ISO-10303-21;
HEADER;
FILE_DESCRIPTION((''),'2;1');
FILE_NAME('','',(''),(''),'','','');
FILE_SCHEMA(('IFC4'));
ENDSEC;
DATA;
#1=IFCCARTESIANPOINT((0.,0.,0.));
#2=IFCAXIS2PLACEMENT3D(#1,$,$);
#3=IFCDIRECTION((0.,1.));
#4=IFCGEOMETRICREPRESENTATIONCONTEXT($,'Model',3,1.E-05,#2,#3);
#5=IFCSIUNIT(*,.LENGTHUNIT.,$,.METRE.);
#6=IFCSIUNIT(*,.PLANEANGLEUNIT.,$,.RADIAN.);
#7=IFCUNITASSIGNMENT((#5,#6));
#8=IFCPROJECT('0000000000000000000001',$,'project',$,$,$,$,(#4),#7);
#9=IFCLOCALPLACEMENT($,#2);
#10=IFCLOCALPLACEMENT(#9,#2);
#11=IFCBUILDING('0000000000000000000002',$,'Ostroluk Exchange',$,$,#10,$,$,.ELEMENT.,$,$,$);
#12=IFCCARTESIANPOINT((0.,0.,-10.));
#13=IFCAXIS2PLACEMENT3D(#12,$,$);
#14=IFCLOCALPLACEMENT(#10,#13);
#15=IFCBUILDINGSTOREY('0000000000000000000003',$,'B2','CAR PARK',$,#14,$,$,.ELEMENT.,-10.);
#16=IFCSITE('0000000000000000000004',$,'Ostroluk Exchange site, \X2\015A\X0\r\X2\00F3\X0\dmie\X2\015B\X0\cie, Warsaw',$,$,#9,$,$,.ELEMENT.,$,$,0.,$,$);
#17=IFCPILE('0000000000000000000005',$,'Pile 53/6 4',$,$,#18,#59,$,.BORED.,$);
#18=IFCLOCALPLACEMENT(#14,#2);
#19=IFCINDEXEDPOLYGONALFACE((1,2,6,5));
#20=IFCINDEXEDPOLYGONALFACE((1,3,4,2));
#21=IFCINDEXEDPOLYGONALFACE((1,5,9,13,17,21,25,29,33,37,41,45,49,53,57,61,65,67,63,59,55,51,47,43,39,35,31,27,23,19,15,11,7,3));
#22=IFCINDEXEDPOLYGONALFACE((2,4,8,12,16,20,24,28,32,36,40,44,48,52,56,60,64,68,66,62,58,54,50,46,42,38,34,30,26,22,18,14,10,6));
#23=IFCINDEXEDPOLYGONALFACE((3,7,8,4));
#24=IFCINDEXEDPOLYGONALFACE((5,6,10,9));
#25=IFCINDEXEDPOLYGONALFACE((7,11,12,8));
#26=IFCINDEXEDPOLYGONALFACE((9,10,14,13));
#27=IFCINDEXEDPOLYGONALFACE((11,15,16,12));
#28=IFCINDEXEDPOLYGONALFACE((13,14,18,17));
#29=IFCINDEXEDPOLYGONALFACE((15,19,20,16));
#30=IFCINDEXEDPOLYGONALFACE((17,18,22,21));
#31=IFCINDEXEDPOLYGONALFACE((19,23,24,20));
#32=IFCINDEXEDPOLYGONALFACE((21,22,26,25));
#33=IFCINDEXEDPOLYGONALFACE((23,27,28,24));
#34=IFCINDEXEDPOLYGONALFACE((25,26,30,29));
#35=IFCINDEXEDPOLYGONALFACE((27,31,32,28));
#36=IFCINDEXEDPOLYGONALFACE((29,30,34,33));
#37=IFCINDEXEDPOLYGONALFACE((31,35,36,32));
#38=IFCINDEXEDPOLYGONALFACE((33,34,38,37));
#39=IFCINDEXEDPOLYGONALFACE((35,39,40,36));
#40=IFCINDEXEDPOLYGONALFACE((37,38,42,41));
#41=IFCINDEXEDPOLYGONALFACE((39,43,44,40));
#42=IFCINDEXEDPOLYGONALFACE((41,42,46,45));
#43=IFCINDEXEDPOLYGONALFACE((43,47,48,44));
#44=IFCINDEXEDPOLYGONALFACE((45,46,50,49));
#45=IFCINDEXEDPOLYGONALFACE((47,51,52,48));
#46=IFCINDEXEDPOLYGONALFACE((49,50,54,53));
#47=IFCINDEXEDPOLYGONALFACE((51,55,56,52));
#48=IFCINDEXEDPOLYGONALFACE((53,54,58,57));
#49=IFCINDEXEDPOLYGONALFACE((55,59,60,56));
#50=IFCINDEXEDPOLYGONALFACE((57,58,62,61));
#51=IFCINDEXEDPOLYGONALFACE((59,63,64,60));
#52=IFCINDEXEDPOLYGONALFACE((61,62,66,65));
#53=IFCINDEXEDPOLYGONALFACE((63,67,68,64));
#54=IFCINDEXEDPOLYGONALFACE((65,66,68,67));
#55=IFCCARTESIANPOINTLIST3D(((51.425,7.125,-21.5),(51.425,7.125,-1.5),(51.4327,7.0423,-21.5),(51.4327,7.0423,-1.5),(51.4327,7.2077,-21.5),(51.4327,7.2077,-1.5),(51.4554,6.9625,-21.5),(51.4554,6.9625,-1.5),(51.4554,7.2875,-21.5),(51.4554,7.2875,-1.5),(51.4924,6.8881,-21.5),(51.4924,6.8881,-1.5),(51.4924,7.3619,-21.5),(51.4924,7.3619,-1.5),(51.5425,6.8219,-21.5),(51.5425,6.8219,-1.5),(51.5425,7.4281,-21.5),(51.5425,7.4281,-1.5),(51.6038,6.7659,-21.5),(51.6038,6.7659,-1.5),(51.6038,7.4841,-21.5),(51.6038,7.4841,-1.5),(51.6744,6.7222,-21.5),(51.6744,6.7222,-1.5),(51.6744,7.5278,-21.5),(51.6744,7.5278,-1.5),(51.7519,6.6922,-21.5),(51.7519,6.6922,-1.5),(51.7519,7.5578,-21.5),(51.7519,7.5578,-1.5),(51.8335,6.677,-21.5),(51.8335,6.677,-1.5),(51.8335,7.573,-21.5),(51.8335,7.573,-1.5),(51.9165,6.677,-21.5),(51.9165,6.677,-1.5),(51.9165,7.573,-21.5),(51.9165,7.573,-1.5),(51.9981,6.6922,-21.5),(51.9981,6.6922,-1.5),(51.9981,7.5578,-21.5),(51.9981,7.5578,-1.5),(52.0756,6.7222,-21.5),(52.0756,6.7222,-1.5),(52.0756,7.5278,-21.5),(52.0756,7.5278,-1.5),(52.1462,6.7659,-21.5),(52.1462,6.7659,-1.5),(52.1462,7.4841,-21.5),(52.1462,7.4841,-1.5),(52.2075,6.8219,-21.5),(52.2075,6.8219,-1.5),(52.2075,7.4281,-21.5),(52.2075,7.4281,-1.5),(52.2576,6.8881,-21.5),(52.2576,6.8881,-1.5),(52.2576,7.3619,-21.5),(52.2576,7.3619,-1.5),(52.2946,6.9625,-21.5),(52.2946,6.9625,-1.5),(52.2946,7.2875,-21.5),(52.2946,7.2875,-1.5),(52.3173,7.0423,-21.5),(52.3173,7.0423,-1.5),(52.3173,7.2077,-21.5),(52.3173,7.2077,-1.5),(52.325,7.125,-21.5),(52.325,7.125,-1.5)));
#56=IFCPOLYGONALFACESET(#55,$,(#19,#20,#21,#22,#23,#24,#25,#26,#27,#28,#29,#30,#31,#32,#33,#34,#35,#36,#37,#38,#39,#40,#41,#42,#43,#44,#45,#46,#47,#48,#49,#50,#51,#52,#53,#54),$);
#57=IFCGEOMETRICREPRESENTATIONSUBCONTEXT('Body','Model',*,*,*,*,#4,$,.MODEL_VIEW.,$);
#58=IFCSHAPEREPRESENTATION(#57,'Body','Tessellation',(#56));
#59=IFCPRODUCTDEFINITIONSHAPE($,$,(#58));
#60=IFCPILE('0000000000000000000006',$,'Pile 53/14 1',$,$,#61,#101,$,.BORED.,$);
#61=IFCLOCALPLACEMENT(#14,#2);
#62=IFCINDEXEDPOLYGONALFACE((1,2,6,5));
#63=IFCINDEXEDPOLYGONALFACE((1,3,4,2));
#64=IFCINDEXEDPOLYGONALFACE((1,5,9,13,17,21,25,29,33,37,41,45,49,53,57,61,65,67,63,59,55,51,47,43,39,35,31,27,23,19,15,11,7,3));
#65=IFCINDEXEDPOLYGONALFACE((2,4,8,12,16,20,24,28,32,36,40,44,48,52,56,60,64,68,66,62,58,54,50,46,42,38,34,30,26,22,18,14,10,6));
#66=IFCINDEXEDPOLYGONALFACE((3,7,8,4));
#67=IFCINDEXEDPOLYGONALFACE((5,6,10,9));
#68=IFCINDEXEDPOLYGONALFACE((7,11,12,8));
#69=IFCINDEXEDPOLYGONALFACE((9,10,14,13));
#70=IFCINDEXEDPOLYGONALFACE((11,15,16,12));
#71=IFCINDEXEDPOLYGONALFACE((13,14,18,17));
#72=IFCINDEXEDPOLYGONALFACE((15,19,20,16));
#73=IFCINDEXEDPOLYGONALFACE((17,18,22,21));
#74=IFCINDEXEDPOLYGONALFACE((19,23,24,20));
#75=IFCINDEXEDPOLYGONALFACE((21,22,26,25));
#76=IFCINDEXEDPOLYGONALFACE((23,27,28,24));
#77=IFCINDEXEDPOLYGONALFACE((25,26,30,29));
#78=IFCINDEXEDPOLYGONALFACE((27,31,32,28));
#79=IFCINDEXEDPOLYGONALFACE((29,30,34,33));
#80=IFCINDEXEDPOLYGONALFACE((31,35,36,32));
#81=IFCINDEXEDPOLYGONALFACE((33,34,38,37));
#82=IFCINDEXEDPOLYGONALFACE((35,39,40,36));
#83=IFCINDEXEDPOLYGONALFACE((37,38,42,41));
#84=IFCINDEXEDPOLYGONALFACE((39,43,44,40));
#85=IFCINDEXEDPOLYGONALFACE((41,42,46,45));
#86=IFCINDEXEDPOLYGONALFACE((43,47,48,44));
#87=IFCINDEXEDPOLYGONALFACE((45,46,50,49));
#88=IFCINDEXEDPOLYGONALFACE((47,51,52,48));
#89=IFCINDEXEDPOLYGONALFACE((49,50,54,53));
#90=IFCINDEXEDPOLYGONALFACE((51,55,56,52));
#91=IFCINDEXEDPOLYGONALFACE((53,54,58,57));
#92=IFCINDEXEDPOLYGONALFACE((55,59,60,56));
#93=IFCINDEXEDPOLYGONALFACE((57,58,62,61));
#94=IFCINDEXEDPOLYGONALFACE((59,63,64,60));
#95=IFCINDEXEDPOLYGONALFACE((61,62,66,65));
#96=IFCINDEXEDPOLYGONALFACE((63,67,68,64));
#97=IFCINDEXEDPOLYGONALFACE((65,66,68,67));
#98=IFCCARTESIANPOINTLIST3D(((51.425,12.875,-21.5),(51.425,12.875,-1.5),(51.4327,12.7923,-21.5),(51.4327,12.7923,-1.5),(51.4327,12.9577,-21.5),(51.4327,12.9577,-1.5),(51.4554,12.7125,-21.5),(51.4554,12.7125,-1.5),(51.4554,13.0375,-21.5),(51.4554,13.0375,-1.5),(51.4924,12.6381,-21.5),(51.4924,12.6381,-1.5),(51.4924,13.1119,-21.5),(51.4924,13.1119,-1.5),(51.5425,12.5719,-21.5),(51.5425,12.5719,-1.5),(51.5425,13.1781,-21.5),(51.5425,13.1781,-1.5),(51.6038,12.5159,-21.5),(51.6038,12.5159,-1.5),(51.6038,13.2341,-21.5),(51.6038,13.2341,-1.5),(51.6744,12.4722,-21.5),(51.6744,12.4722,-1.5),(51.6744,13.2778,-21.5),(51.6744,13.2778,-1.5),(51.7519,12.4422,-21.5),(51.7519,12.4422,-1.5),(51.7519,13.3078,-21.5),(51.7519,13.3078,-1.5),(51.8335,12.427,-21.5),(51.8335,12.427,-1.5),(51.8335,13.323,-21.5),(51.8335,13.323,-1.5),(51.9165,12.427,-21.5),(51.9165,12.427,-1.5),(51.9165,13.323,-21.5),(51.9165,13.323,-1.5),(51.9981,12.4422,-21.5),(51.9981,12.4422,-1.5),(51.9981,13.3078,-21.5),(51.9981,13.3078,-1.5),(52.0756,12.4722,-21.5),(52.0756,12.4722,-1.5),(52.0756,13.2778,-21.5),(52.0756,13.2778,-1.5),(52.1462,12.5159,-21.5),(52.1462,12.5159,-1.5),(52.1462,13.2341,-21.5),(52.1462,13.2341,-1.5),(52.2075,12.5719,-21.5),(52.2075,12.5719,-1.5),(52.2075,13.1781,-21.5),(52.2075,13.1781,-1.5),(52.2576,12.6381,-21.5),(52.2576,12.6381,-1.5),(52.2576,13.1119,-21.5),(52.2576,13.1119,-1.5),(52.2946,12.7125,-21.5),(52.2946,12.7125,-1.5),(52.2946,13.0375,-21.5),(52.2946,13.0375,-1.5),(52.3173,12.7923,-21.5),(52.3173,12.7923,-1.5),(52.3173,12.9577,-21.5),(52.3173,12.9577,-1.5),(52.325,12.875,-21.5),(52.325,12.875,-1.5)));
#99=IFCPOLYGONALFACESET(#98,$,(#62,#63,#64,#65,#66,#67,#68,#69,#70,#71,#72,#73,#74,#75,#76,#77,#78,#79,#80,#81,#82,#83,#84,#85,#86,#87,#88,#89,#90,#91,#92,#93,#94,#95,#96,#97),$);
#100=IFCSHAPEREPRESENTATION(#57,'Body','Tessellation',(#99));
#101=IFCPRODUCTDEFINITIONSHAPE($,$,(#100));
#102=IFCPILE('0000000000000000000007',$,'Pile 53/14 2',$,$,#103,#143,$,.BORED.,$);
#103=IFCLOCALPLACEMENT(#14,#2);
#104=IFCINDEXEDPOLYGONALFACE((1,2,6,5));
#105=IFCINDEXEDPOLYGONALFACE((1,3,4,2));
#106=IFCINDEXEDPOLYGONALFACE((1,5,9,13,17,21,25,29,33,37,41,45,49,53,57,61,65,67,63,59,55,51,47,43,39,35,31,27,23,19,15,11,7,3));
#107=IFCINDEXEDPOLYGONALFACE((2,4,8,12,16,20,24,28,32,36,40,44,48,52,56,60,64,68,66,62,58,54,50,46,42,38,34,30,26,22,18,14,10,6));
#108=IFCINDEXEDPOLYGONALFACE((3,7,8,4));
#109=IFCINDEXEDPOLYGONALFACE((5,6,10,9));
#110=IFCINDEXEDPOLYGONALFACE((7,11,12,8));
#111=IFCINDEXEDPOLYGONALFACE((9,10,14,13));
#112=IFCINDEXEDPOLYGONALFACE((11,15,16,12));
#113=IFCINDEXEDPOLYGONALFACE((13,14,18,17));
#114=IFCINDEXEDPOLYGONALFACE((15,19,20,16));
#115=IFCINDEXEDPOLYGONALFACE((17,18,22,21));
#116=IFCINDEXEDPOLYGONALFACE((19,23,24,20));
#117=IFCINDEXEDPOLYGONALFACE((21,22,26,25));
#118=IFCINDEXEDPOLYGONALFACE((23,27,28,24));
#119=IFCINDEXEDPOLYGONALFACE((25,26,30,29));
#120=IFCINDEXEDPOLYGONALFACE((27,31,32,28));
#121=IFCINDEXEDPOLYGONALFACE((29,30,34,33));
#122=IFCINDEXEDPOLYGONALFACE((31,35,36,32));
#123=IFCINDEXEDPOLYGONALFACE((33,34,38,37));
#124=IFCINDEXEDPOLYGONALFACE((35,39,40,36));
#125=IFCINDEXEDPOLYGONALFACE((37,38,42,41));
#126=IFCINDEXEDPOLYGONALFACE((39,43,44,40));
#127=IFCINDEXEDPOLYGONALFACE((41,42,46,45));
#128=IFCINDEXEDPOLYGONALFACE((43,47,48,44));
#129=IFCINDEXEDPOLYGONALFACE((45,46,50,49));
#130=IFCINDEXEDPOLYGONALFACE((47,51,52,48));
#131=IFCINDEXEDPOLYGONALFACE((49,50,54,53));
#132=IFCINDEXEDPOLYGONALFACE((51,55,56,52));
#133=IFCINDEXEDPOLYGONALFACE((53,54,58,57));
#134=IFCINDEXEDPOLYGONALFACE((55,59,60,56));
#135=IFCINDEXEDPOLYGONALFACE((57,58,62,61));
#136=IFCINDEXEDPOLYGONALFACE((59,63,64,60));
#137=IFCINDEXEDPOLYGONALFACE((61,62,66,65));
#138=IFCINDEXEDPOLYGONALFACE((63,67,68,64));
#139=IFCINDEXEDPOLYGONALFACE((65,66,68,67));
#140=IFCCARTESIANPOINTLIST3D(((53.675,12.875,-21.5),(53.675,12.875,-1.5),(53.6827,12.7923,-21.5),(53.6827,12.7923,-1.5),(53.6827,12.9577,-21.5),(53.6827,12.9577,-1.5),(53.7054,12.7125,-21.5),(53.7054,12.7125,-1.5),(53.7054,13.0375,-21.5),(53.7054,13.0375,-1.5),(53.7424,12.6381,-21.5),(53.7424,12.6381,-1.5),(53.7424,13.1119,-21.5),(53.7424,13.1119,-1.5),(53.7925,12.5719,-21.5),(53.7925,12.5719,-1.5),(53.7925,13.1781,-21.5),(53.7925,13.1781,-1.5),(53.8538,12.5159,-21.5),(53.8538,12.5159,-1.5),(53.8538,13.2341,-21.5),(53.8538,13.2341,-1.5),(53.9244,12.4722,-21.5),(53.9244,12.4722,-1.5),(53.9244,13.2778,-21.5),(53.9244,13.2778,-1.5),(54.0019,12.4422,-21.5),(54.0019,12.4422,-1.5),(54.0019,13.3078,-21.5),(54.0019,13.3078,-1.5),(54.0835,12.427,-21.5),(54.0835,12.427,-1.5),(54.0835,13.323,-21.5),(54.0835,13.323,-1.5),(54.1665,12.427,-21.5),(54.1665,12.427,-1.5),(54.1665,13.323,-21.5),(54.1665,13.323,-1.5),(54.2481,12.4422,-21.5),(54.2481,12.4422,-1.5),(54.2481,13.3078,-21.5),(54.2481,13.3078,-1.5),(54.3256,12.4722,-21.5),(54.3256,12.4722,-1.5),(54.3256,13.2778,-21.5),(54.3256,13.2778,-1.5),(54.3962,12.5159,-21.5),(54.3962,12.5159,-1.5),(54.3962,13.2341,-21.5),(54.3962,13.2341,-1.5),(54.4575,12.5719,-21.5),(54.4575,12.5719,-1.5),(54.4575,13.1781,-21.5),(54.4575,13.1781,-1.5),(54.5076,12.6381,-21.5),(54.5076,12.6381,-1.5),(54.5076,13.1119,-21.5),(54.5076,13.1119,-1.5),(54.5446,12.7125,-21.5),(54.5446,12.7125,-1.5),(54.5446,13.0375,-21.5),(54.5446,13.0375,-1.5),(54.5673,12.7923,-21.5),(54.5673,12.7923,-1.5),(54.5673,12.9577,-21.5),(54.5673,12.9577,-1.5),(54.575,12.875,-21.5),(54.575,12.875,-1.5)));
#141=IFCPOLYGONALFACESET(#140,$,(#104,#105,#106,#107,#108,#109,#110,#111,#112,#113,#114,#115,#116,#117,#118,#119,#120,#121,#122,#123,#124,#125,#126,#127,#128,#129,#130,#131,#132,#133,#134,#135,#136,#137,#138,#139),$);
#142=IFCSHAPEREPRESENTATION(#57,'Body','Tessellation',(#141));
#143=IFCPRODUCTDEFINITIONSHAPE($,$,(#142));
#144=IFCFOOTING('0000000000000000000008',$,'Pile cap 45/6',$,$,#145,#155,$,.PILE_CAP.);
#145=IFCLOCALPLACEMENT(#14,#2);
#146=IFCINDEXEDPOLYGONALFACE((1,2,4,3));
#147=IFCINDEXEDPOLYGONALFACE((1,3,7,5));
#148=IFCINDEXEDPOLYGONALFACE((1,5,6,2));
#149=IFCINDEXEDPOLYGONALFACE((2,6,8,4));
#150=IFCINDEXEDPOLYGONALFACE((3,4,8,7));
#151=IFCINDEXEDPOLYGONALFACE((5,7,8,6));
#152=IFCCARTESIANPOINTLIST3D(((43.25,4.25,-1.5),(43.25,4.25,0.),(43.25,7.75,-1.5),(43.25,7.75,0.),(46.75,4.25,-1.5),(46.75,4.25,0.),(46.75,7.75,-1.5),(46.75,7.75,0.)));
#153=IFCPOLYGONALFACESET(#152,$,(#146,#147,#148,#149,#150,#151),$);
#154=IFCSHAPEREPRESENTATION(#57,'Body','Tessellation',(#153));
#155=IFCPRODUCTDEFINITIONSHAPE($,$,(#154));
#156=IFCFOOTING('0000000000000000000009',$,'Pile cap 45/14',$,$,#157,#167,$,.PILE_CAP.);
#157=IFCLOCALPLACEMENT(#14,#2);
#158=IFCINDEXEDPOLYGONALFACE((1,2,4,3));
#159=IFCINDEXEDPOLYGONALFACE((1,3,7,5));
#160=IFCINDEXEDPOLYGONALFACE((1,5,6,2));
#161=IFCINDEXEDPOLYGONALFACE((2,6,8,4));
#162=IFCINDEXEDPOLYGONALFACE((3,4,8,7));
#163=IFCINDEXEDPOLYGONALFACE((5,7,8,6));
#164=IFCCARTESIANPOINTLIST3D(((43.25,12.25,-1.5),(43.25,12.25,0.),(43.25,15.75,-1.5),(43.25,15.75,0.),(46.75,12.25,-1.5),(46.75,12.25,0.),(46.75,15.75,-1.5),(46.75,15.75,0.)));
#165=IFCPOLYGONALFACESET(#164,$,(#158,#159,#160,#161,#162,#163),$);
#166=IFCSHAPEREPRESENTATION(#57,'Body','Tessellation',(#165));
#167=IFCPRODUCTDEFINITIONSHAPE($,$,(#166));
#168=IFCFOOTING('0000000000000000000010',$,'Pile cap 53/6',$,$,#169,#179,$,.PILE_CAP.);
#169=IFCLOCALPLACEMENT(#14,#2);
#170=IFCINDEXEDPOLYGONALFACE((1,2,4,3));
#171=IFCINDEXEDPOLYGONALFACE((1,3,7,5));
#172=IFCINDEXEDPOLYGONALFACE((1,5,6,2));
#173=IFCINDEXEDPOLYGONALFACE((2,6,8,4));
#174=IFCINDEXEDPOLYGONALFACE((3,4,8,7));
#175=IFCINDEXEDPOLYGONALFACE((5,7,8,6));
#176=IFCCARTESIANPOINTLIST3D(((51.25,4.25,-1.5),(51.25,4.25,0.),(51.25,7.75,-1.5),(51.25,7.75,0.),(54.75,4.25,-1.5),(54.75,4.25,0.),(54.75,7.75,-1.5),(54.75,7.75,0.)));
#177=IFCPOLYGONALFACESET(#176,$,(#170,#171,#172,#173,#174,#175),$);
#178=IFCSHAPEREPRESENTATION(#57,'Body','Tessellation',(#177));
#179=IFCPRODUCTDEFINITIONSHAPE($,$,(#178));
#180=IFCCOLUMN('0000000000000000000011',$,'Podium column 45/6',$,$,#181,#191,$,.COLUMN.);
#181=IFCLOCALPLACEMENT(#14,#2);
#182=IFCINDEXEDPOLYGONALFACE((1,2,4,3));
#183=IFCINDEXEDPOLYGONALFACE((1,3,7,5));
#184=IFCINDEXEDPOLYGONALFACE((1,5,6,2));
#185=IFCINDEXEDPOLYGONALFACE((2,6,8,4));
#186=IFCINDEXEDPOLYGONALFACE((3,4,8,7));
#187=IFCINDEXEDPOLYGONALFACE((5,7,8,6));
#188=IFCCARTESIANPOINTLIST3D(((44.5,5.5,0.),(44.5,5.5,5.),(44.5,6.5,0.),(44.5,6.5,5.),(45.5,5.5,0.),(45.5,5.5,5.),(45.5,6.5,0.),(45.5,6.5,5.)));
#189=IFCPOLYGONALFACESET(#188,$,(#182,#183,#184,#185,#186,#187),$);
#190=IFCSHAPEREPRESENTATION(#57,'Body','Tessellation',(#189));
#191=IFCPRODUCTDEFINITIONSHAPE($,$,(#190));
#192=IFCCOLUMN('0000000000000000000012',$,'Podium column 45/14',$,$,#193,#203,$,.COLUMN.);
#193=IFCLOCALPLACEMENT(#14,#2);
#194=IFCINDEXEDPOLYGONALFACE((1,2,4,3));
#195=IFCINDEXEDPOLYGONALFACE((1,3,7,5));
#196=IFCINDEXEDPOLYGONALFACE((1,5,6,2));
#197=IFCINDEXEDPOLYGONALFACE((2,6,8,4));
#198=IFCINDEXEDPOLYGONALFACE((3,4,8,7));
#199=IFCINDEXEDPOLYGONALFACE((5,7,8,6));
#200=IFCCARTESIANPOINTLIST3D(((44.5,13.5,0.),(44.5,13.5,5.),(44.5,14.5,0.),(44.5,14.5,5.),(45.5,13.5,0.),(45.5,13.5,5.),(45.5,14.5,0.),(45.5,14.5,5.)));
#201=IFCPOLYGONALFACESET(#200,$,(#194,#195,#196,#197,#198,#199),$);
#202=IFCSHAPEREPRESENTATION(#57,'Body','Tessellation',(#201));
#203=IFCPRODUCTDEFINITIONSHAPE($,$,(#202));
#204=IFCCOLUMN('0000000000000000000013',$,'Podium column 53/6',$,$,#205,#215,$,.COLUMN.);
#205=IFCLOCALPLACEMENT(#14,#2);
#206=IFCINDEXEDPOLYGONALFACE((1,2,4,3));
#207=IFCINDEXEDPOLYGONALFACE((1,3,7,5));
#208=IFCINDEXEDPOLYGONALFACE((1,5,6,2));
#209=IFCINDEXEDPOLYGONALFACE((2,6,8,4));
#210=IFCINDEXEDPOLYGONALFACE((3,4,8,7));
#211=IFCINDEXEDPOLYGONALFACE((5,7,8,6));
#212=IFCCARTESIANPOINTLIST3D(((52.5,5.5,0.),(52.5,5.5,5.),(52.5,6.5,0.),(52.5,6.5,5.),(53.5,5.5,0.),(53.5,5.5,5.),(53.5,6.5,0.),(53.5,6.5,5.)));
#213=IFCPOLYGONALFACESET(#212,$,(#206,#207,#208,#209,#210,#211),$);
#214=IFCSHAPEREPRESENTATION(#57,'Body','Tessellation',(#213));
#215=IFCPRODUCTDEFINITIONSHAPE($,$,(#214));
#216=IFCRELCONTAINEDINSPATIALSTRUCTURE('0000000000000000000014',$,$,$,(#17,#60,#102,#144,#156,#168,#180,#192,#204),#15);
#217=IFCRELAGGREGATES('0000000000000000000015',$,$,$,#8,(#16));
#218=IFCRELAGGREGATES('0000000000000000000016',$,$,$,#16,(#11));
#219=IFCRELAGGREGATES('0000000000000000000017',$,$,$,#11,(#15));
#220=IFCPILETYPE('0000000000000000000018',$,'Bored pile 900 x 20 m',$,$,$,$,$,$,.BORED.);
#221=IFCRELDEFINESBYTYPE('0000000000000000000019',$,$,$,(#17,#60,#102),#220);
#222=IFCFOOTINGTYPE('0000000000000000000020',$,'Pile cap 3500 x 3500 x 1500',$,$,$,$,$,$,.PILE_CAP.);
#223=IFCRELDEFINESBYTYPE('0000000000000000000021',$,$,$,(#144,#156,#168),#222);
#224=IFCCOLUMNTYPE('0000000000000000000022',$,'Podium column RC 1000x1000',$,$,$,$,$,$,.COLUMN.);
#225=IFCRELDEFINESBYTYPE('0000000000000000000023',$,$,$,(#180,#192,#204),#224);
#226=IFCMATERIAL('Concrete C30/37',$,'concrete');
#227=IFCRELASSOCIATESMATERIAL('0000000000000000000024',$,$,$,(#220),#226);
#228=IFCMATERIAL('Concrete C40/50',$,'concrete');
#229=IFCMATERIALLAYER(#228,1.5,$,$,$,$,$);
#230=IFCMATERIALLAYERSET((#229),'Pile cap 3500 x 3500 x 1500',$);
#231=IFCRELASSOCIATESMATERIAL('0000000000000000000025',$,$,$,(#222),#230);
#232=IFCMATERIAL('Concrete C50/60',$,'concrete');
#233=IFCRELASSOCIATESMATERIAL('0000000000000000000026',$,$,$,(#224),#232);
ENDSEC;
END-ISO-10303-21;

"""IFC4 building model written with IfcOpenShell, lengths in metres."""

from ifc_helpers import new_model, si_unit, direction, frame, origin, origin_2d, place, context, subcontext, project, spatial, rectangle, circle, extrude, material, layer, layer_set, material_profile, profile_set, type_object, element, save


model = new_model("IFC4")

# Units and contexts
model_context = context("Model", 3, precision=1e-05, world=origin(), true_north=direction((0.0, 1.0)))
body_context = subcontext(model_context, "Body", "Model", "MODEL_VIEW")
ifc_project = project(units=[si_unit("LENGTHUNIT", "METRE"), si_unit("PLANEANGLEUNIT", "RADIAN")], contexts=[model_context])

# Site, building, storey
site_placement = place(None, origin())
site = spatial("IfcSite", under=ifc_project, at=site_placement, Name="Ostroluk Exchange site, Śródmieście, Warsaw", CompositionType="ELEMENT", RefElevation=0.0)
building_placement = place(site_placement, origin())
building = spatial("IfcBuilding", under=site, at=building_placement, Name="Ostroluk Exchange", CompositionType="ELEMENT")
storey_placement = place(building_placement, frame((0.0, 0.0, -10.0)))
storey = spatial("IfcBuildingStorey", under=building, at=storey_placement, Name="B2", Description="CAR PARK", CompositionType="ELEMENT", Elevation=-10.0)

# Piles
ifc_material_1 = material(Name="Concrete C30/37", Category="concrete")
pile_type = type_object("IfcPileType", Name="Bored pile 900 x 20 m", PredefinedType="BORED", material=ifc_material_1)
for number, where, z_axis, x_axis, name in (
    (1, (51.875, 7.125, -1.5), (0.0, 0.0, -1.0), (1.0, 0.0, 0.0), "Pile 53/6 4"),
    (2, (51.875, 12.875, -1.5), (0.0, 0.0, -1.0), (1.0, 0.0, 0.0), "Pile 53/14 1"),
    (3, (54.125, 12.875, -1.5), (0.0, 0.0, -1.0), (1.0, 0.0, 0.0), "Pile 53/14 2"),
):
    element("IfcPile", number, at=place(storey_placement, frame(where, z_axis=z_axis, x_axis=x_axis)), inside=storey, type_object=pile_type, Name=name, PredefinedType="BORED", context=body_context, shape_type="SweptSolid", body=[
        extrude(circle(Radius=0.45, at=origin_2d()), origin(), (0.0, 0.0, 1.0), 20.0),
    ])

# Footings
ifc_material_2 = material(Name="Concrete C40/50", Category="concrete")
ifc_layer_1 = layer(ifc_material_2, 1.5)
ifc_layer_set_1 = layer_set([ifc_layer_1], Name="Pile cap 3500 x 3500 x 1500")
footing_type = type_object("IfcFootingType", Name="Pile cap 3500 x 3500 x 1500", PredefinedType="PILE_CAP", material=ifc_layer_set_1)
for number, where, z_axis, x_axis, name in (
    (4, (45.0, 6.0, -1.5), (0.0, 0.0, 1.0), (1.0, 0.0, 0.0), "Pile cap 45/6"),
    (5, (45.0, 14.0, -1.5), (0.0, 0.0, 1.0), (1.0, 0.0, 0.0), "Pile cap 45/14"),
    (6, (53.0, 6.0, -1.5), (0.0, 0.0, 1.0), (1.0, 0.0, 0.0), "Pile cap 53/6"),
):
    element("IfcFooting", number, at=place(storey_placement, frame(where, z_axis=z_axis, x_axis=x_axis)), inside=storey, type_object=footing_type, Name=name, PredefinedType="PILE_CAP", context=body_context, shape_type="SweptSolid", body=[
        extrude(rectangle(XDim=3.5, YDim=3.5, at=origin_2d()), origin(), (0.0, 0.0, 1.0), 1.5),
    ])

# Columns
ifc_material_3 = material(Name="Concrete C50/60", Category="concrete")
ifc_material_profile = material_profile(ifc_material_3, rectangle(XDim=1.0, YDim=1.0, at=origin_2d()), Name="RC 1000x1000")
ifc_profile_set = profile_set([ifc_material_profile], Name="Concrete C50/60")
column_type = type_object("IfcColumnType", Name="Podium column RC 1000x1000", PredefinedType="COLUMN", material=ifc_profile_set)
for number, where, z_axis, x_axis, name in (
    (7, (45.0, 6.0, 0.0), (0.0, 0.0, 1.0), (1.0, 0.0, 0.0), "Podium column 45/6"),
    (8, (45.0, 14.0, 0.0), (0.0, 0.0, 1.0), (1.0, 0.0, 0.0), "Podium column 45/14"),
    (9, (53.0, 6.0, 0.0), (0.0, 0.0, 1.0), (1.0, 0.0, 0.0), "Podium column 53/6"),
):
    element("IfcColumn", number, at=place(storey_placement, frame(where, z_axis=z_axis, x_axis=x_axis)), inside=storey, type_object=column_type, Name=name, PredefinedType="COLUMN", context=body_context, shape_type="SweptSolid", body=[
        extrude(rectangle(XDim=1.0, YDim=1.0, at=origin_2d()), origin(), (0.0, 0.0, 1.0), 5.0),
    ])

save(model, "model.ifc")
